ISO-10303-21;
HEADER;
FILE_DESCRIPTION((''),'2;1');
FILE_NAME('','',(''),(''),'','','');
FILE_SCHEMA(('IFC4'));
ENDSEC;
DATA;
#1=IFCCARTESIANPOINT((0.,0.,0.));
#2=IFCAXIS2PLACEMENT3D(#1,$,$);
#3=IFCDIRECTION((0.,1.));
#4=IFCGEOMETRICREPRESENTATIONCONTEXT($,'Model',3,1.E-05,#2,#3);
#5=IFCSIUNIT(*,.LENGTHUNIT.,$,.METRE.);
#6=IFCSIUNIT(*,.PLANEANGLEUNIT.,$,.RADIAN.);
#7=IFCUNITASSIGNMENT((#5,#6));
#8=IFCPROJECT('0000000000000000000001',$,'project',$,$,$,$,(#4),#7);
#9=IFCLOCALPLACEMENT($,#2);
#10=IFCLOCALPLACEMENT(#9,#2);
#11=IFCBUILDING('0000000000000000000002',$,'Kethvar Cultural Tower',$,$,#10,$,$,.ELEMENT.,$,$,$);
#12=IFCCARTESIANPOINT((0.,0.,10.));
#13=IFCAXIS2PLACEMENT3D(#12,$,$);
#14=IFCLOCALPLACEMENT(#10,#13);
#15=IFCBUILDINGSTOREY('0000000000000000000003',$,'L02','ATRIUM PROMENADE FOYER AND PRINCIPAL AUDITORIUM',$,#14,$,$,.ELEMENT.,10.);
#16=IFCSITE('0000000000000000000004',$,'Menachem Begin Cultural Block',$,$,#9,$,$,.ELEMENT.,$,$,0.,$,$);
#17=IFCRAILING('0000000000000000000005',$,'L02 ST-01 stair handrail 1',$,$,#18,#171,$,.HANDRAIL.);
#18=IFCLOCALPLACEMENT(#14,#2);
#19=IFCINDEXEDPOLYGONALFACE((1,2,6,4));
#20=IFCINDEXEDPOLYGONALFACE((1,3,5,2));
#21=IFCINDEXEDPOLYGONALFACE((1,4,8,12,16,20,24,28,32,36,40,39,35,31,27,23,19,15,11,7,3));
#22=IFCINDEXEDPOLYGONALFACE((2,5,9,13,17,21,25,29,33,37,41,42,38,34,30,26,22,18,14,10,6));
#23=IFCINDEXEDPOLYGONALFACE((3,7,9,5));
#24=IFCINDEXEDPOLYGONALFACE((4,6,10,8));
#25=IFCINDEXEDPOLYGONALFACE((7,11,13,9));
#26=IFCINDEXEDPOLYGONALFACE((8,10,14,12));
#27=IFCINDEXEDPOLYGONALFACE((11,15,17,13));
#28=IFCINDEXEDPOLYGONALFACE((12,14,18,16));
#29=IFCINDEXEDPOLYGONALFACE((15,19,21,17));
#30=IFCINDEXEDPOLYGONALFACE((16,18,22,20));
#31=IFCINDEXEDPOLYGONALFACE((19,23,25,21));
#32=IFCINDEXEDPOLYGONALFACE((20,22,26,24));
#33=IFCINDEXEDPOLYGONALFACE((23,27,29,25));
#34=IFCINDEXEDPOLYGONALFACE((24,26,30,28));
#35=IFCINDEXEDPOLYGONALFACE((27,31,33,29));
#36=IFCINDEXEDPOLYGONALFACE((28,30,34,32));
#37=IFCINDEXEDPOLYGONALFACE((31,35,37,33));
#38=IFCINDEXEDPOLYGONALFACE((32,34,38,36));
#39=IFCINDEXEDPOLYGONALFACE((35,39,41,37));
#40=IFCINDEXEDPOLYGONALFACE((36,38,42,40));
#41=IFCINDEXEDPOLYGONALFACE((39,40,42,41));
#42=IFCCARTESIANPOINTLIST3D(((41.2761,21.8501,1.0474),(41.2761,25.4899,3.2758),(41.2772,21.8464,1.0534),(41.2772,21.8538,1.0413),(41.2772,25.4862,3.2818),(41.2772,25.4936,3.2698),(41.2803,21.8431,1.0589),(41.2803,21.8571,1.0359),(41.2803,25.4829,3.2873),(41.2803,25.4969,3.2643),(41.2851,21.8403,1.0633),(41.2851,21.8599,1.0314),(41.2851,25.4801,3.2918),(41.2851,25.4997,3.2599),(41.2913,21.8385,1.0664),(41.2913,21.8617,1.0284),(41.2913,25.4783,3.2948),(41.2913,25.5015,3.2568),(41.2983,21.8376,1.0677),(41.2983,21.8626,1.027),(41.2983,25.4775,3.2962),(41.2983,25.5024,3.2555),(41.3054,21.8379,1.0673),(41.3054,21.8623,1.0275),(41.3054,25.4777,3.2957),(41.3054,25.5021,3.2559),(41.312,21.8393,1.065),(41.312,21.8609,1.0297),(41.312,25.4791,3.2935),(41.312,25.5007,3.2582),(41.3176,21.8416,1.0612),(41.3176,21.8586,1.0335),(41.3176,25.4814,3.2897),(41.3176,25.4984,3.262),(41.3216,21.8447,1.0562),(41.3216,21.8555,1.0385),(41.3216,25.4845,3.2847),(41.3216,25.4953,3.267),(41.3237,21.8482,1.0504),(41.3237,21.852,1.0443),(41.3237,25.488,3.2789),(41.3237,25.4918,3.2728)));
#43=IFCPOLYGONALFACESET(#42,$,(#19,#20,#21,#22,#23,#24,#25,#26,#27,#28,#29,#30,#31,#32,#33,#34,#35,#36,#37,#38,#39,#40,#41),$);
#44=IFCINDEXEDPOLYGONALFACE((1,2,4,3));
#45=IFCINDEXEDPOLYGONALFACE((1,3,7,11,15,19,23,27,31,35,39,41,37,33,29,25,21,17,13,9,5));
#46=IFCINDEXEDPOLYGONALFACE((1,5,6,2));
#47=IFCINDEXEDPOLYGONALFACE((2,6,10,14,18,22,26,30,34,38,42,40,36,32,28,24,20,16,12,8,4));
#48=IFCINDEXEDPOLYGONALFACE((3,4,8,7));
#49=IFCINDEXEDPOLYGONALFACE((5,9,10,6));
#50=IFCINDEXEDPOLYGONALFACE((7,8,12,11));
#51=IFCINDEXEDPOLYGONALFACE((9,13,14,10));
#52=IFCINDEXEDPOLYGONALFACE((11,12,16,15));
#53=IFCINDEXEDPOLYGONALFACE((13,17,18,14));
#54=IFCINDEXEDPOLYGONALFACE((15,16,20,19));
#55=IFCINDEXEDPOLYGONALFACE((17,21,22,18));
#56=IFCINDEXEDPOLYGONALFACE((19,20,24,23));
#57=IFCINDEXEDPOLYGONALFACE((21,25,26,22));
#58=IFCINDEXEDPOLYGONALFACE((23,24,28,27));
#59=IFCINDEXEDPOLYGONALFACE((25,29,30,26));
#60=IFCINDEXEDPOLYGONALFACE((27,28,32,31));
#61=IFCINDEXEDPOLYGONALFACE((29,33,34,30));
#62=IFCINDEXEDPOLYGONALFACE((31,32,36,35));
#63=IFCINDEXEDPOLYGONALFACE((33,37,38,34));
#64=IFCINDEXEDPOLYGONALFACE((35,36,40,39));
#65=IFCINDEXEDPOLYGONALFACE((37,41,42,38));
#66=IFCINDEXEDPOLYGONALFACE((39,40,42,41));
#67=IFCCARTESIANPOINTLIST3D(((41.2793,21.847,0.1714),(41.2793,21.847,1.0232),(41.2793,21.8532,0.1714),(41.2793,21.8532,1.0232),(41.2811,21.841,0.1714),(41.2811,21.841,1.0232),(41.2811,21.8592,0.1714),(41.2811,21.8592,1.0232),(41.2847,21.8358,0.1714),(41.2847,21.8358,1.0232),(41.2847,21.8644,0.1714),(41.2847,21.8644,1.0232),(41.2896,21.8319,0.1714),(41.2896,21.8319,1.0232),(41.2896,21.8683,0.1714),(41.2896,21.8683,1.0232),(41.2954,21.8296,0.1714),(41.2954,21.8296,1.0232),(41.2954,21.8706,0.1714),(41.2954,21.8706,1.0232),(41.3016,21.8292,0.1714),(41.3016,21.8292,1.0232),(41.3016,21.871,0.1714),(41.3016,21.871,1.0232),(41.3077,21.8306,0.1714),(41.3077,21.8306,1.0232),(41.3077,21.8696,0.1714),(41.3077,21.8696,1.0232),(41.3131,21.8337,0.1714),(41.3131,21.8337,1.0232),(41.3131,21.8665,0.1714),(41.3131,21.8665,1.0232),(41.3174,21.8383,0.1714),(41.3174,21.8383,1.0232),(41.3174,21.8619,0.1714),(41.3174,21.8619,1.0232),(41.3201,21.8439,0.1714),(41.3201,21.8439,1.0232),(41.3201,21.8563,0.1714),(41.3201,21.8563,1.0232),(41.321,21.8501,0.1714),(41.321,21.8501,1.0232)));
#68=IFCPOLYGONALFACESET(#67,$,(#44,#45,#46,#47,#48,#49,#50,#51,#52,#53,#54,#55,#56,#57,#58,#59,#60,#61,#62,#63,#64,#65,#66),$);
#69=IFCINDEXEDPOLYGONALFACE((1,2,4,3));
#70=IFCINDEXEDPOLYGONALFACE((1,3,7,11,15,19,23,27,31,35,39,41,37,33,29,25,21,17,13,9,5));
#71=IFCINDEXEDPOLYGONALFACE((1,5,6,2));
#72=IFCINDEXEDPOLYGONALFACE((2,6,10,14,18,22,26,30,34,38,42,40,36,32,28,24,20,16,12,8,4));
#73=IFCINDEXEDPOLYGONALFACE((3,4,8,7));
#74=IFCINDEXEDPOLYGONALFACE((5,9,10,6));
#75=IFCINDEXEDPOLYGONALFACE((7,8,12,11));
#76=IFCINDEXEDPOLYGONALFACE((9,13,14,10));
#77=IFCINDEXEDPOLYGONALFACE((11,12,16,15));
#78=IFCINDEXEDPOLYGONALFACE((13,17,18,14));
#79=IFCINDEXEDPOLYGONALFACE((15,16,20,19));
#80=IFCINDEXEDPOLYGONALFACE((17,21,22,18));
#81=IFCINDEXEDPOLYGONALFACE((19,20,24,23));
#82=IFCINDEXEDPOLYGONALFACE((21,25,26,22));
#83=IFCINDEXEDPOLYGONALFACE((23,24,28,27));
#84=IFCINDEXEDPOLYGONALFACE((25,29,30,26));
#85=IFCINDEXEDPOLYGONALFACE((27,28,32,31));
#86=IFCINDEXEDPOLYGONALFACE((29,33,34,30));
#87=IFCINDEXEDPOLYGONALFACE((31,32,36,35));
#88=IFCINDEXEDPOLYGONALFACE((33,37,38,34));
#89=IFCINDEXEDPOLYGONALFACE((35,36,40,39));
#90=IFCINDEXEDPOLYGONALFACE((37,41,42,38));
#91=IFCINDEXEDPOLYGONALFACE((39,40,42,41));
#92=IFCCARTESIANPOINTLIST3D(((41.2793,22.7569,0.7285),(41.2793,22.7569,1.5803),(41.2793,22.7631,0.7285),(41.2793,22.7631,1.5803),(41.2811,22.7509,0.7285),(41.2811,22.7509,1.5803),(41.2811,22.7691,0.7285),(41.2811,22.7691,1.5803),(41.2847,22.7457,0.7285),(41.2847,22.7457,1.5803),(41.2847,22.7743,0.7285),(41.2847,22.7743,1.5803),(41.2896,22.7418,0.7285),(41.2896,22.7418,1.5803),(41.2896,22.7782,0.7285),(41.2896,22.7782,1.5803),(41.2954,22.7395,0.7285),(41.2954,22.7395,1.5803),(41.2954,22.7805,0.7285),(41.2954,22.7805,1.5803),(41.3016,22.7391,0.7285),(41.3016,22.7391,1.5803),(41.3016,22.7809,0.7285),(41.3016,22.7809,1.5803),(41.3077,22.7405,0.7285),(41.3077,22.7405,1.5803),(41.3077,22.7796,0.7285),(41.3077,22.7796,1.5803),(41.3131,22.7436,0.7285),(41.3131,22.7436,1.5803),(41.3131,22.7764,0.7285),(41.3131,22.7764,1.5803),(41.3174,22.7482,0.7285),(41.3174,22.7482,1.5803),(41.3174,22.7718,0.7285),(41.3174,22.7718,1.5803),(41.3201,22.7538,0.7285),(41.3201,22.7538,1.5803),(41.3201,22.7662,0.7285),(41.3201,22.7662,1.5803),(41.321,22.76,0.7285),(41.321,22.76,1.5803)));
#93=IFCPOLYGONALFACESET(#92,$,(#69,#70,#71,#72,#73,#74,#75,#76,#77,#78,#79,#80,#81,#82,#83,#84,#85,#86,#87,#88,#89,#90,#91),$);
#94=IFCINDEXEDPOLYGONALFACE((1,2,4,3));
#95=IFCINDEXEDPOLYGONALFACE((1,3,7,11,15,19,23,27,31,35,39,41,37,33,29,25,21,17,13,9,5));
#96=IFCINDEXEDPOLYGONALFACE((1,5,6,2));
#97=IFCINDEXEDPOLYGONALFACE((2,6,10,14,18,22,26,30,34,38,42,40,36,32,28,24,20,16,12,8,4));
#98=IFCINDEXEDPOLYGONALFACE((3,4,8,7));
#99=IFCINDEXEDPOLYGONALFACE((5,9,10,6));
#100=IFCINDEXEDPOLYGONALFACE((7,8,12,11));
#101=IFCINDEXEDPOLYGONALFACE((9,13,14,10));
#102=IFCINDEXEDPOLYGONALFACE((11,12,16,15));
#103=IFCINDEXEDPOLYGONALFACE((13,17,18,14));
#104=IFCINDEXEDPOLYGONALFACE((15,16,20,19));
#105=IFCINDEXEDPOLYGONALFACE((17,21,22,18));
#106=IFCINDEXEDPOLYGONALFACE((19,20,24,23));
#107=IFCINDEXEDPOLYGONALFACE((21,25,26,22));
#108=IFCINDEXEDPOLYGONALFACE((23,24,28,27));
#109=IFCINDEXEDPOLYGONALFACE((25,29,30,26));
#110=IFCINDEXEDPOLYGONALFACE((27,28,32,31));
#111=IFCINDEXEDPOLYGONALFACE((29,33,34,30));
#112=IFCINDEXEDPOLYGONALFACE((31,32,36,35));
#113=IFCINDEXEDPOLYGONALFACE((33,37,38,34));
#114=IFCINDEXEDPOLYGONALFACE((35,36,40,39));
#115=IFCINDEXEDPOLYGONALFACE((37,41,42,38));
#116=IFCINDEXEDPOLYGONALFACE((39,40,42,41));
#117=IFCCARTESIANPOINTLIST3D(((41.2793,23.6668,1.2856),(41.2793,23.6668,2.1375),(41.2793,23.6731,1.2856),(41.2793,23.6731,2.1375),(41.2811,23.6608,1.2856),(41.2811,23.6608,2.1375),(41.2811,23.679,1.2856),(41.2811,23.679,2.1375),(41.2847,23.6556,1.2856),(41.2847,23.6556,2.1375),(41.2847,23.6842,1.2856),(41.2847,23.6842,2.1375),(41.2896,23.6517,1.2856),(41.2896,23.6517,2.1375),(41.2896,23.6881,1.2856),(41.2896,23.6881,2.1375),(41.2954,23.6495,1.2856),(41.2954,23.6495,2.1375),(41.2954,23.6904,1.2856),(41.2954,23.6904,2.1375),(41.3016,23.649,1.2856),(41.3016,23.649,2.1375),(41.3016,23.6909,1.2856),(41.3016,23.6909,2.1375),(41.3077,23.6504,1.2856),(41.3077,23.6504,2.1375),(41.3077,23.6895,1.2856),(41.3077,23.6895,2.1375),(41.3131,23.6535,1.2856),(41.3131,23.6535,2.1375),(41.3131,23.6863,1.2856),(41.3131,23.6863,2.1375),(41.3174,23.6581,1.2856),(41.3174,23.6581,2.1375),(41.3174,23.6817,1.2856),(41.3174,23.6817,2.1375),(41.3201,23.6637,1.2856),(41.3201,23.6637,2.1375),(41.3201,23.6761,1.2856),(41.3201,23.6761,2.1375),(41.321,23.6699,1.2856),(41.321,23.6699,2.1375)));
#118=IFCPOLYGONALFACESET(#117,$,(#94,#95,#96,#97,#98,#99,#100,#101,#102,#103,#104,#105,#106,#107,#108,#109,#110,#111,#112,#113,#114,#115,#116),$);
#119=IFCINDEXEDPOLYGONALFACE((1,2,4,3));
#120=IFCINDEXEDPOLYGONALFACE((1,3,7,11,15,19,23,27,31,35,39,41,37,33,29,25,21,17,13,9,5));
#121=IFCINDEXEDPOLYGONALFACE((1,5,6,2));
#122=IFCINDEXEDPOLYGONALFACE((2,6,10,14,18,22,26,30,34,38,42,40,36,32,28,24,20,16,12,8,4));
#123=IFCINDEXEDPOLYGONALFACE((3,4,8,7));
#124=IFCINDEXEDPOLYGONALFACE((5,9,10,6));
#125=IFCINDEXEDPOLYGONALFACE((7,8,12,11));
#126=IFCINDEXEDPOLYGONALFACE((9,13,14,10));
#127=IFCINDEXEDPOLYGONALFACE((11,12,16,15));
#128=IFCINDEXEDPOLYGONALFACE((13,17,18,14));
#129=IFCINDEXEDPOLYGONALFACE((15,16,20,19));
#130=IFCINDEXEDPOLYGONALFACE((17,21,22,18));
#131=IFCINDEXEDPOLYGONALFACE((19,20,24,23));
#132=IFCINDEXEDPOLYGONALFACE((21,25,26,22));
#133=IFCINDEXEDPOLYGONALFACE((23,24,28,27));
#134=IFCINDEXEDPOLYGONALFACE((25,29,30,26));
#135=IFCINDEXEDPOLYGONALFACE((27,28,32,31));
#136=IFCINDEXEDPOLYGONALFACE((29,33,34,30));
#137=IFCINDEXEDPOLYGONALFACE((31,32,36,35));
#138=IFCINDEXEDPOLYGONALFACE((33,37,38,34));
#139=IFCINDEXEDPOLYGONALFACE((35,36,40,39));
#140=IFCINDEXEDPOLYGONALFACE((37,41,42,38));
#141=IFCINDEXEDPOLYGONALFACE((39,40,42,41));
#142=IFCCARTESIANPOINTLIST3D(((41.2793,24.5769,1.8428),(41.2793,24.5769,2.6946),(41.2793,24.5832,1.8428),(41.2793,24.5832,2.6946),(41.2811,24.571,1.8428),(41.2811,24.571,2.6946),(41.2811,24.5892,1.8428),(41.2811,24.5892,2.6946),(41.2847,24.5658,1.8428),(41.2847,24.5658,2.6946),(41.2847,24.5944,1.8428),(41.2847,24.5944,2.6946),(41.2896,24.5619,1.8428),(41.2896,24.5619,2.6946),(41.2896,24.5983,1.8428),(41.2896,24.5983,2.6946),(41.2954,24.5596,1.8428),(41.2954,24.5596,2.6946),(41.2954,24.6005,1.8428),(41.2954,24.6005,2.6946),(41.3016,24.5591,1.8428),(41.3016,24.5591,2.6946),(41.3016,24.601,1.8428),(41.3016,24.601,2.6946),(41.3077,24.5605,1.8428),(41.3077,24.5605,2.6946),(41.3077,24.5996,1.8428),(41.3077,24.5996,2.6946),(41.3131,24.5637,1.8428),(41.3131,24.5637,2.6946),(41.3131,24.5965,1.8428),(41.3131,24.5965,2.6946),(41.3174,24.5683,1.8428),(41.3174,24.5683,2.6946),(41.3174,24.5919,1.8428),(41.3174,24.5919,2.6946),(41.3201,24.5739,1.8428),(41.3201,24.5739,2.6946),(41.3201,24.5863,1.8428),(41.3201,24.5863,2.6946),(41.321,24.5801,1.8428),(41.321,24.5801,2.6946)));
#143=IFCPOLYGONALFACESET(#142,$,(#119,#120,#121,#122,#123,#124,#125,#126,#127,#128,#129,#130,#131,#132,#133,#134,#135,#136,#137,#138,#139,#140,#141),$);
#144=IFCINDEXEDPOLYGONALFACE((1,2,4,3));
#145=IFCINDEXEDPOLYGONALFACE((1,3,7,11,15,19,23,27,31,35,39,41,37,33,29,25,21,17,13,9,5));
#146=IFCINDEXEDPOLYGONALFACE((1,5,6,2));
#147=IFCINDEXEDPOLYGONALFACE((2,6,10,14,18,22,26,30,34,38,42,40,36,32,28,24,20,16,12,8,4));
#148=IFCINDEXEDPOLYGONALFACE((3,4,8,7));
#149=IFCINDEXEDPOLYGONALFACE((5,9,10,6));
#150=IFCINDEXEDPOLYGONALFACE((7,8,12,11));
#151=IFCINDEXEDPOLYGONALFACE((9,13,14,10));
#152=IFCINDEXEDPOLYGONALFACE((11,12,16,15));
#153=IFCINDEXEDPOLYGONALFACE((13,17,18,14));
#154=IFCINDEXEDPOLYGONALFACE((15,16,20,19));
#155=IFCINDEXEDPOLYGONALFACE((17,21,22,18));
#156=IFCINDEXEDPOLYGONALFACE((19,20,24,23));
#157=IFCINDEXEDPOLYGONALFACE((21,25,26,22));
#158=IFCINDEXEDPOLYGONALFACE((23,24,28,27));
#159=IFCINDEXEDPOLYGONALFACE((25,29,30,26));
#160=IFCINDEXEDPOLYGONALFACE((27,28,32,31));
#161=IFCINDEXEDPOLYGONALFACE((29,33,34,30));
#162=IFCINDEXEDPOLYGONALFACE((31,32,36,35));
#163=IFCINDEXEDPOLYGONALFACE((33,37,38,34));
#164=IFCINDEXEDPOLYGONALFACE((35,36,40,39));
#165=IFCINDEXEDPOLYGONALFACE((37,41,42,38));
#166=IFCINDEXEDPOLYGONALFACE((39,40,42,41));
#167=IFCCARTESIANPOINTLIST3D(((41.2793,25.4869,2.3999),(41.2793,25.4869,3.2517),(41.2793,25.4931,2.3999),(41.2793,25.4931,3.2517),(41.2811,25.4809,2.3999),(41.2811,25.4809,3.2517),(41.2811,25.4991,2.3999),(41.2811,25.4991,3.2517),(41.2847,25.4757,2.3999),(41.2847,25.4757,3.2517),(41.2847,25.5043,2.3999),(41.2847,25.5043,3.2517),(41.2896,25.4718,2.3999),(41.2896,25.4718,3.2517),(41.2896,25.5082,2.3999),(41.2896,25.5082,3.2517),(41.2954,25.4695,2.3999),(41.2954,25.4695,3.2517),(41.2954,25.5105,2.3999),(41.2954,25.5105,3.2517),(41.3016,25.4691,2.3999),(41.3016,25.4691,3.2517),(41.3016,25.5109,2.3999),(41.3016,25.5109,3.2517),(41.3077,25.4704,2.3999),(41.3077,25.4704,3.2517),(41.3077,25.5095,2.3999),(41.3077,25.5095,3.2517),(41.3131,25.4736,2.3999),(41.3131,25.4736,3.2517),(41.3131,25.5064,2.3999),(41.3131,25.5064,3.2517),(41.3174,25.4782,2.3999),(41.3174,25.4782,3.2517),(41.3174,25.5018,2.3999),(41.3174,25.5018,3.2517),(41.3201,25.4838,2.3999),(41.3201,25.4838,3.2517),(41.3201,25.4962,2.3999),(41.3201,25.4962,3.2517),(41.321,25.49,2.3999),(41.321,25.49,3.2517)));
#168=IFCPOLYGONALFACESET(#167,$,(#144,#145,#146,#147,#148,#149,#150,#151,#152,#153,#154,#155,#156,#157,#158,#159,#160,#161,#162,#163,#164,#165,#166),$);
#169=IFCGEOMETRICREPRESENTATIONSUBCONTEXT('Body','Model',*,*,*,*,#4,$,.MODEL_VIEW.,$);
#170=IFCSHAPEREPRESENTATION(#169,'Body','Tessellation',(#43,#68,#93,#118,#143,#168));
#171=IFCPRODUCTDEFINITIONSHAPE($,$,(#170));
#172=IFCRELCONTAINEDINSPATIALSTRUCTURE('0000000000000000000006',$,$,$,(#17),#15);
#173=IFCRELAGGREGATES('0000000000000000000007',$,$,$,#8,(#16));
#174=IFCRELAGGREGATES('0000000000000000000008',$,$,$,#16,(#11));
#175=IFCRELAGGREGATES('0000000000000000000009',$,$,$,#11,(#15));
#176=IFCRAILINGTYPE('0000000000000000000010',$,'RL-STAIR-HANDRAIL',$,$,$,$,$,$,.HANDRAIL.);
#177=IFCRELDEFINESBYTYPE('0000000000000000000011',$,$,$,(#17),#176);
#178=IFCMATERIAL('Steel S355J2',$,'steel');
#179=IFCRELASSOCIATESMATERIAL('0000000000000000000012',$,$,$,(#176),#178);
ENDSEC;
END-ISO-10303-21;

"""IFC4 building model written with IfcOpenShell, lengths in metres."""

from ifc_helpers import new_model, si_unit, direction, frame, origin, origin_2d, place, context, subcontext, project, spatial, circle, extrude, material, type_object, element, save


model = new_model("IFC4")

# Units and contexts
model_context = context("Model", 3, precision=1e-05, world=origin(), true_north=direction((0.0, 1.0)))
body_context = subcontext(model_context, "Body", "Model", "MODEL_VIEW")
ifc_project = project(units=[si_unit("LENGTHUNIT", "METRE"), si_unit("PLANEANGLEUNIT", "RADIAN")], contexts=[model_context])

# Site, building, storey
site_placement = place(None, origin())
site = spatial("IfcSite", under=ifc_project, at=site_placement, Name="Menachem Begin Cultural Block", CompositionType="ELEMENT", RefElevation=0.0)
building_placement = place(site_placement, origin())
building = spatial("IfcBuilding", under=site, at=building_placement, Name="Kethvar Cultural Tower", CompositionType="ELEMENT")
storey_placement = place(building_placement, frame((0.0, 0.0, 10.0)))
storey = spatial("IfcBuildingStorey", under=building, at=storey_placement, Name="L02", Description="ATRIUM PROMENADE FOYER AND PRINCIPAL AUDITORIUM", CompositionType="ELEMENT", Elevation=10.0)

# Shared definitions
ifc_material_1 = material(Name="Steel S355J2", Category="steel")

# Railing
railing_type_1 = type_object("IfcRailingType", Name="RL-STAIR-HANDRAIL", PredefinedType="HANDRAIL", material=ifc_material_1)
railing_1_placement = place(storey_placement, frame((41.3, 21.8501, 0.1714)))
element("IfcRailing", 1, at=railing_1_placement, inside=storey, type_object=railing_type_1, Name="L02 ST-01 stair handrail 1", PredefinedType="HANDRAIL", context=body_context, shape_type="SweptSolid", body=[
    extrude(circle(Radius=0.0239, at=origin_2d()), frame((0.0, 0.0, 0.876), z_axis=(0.0, 0.85285, 0.522156), x_axis=(-1.0, 0.0, 0.0)), (0.0, 0.0, 1.0), 4.2678),
    extrude(circle(Radius=0.021, at=origin_2d()), origin(), (0.0, 0.0, 1.0), 0.8518),
    extrude(circle(Radius=0.021, at=origin_2d()), frame((0.0, 0.9099, 0.5571)), (0.0, 0.0, 1.0), 0.8518),
    extrude(circle(Radius=0.021, at=origin_2d()), frame((0.0, 1.8198, 1.1143)), (0.0, 0.0, 1.0), 0.8518),
    extrude(circle(Radius=0.021, at=origin_2d()), frame((0.0, 2.73, 1.6714)), (0.0, 0.0, 1.0), 0.8518),
    extrude(circle(Radius=0.021, at=origin_2d()), frame((0.0, 3.6399, 2.2285)), (0.0, 0.0, 1.0), 0.8518),
])

save(model, "model.ifc")
